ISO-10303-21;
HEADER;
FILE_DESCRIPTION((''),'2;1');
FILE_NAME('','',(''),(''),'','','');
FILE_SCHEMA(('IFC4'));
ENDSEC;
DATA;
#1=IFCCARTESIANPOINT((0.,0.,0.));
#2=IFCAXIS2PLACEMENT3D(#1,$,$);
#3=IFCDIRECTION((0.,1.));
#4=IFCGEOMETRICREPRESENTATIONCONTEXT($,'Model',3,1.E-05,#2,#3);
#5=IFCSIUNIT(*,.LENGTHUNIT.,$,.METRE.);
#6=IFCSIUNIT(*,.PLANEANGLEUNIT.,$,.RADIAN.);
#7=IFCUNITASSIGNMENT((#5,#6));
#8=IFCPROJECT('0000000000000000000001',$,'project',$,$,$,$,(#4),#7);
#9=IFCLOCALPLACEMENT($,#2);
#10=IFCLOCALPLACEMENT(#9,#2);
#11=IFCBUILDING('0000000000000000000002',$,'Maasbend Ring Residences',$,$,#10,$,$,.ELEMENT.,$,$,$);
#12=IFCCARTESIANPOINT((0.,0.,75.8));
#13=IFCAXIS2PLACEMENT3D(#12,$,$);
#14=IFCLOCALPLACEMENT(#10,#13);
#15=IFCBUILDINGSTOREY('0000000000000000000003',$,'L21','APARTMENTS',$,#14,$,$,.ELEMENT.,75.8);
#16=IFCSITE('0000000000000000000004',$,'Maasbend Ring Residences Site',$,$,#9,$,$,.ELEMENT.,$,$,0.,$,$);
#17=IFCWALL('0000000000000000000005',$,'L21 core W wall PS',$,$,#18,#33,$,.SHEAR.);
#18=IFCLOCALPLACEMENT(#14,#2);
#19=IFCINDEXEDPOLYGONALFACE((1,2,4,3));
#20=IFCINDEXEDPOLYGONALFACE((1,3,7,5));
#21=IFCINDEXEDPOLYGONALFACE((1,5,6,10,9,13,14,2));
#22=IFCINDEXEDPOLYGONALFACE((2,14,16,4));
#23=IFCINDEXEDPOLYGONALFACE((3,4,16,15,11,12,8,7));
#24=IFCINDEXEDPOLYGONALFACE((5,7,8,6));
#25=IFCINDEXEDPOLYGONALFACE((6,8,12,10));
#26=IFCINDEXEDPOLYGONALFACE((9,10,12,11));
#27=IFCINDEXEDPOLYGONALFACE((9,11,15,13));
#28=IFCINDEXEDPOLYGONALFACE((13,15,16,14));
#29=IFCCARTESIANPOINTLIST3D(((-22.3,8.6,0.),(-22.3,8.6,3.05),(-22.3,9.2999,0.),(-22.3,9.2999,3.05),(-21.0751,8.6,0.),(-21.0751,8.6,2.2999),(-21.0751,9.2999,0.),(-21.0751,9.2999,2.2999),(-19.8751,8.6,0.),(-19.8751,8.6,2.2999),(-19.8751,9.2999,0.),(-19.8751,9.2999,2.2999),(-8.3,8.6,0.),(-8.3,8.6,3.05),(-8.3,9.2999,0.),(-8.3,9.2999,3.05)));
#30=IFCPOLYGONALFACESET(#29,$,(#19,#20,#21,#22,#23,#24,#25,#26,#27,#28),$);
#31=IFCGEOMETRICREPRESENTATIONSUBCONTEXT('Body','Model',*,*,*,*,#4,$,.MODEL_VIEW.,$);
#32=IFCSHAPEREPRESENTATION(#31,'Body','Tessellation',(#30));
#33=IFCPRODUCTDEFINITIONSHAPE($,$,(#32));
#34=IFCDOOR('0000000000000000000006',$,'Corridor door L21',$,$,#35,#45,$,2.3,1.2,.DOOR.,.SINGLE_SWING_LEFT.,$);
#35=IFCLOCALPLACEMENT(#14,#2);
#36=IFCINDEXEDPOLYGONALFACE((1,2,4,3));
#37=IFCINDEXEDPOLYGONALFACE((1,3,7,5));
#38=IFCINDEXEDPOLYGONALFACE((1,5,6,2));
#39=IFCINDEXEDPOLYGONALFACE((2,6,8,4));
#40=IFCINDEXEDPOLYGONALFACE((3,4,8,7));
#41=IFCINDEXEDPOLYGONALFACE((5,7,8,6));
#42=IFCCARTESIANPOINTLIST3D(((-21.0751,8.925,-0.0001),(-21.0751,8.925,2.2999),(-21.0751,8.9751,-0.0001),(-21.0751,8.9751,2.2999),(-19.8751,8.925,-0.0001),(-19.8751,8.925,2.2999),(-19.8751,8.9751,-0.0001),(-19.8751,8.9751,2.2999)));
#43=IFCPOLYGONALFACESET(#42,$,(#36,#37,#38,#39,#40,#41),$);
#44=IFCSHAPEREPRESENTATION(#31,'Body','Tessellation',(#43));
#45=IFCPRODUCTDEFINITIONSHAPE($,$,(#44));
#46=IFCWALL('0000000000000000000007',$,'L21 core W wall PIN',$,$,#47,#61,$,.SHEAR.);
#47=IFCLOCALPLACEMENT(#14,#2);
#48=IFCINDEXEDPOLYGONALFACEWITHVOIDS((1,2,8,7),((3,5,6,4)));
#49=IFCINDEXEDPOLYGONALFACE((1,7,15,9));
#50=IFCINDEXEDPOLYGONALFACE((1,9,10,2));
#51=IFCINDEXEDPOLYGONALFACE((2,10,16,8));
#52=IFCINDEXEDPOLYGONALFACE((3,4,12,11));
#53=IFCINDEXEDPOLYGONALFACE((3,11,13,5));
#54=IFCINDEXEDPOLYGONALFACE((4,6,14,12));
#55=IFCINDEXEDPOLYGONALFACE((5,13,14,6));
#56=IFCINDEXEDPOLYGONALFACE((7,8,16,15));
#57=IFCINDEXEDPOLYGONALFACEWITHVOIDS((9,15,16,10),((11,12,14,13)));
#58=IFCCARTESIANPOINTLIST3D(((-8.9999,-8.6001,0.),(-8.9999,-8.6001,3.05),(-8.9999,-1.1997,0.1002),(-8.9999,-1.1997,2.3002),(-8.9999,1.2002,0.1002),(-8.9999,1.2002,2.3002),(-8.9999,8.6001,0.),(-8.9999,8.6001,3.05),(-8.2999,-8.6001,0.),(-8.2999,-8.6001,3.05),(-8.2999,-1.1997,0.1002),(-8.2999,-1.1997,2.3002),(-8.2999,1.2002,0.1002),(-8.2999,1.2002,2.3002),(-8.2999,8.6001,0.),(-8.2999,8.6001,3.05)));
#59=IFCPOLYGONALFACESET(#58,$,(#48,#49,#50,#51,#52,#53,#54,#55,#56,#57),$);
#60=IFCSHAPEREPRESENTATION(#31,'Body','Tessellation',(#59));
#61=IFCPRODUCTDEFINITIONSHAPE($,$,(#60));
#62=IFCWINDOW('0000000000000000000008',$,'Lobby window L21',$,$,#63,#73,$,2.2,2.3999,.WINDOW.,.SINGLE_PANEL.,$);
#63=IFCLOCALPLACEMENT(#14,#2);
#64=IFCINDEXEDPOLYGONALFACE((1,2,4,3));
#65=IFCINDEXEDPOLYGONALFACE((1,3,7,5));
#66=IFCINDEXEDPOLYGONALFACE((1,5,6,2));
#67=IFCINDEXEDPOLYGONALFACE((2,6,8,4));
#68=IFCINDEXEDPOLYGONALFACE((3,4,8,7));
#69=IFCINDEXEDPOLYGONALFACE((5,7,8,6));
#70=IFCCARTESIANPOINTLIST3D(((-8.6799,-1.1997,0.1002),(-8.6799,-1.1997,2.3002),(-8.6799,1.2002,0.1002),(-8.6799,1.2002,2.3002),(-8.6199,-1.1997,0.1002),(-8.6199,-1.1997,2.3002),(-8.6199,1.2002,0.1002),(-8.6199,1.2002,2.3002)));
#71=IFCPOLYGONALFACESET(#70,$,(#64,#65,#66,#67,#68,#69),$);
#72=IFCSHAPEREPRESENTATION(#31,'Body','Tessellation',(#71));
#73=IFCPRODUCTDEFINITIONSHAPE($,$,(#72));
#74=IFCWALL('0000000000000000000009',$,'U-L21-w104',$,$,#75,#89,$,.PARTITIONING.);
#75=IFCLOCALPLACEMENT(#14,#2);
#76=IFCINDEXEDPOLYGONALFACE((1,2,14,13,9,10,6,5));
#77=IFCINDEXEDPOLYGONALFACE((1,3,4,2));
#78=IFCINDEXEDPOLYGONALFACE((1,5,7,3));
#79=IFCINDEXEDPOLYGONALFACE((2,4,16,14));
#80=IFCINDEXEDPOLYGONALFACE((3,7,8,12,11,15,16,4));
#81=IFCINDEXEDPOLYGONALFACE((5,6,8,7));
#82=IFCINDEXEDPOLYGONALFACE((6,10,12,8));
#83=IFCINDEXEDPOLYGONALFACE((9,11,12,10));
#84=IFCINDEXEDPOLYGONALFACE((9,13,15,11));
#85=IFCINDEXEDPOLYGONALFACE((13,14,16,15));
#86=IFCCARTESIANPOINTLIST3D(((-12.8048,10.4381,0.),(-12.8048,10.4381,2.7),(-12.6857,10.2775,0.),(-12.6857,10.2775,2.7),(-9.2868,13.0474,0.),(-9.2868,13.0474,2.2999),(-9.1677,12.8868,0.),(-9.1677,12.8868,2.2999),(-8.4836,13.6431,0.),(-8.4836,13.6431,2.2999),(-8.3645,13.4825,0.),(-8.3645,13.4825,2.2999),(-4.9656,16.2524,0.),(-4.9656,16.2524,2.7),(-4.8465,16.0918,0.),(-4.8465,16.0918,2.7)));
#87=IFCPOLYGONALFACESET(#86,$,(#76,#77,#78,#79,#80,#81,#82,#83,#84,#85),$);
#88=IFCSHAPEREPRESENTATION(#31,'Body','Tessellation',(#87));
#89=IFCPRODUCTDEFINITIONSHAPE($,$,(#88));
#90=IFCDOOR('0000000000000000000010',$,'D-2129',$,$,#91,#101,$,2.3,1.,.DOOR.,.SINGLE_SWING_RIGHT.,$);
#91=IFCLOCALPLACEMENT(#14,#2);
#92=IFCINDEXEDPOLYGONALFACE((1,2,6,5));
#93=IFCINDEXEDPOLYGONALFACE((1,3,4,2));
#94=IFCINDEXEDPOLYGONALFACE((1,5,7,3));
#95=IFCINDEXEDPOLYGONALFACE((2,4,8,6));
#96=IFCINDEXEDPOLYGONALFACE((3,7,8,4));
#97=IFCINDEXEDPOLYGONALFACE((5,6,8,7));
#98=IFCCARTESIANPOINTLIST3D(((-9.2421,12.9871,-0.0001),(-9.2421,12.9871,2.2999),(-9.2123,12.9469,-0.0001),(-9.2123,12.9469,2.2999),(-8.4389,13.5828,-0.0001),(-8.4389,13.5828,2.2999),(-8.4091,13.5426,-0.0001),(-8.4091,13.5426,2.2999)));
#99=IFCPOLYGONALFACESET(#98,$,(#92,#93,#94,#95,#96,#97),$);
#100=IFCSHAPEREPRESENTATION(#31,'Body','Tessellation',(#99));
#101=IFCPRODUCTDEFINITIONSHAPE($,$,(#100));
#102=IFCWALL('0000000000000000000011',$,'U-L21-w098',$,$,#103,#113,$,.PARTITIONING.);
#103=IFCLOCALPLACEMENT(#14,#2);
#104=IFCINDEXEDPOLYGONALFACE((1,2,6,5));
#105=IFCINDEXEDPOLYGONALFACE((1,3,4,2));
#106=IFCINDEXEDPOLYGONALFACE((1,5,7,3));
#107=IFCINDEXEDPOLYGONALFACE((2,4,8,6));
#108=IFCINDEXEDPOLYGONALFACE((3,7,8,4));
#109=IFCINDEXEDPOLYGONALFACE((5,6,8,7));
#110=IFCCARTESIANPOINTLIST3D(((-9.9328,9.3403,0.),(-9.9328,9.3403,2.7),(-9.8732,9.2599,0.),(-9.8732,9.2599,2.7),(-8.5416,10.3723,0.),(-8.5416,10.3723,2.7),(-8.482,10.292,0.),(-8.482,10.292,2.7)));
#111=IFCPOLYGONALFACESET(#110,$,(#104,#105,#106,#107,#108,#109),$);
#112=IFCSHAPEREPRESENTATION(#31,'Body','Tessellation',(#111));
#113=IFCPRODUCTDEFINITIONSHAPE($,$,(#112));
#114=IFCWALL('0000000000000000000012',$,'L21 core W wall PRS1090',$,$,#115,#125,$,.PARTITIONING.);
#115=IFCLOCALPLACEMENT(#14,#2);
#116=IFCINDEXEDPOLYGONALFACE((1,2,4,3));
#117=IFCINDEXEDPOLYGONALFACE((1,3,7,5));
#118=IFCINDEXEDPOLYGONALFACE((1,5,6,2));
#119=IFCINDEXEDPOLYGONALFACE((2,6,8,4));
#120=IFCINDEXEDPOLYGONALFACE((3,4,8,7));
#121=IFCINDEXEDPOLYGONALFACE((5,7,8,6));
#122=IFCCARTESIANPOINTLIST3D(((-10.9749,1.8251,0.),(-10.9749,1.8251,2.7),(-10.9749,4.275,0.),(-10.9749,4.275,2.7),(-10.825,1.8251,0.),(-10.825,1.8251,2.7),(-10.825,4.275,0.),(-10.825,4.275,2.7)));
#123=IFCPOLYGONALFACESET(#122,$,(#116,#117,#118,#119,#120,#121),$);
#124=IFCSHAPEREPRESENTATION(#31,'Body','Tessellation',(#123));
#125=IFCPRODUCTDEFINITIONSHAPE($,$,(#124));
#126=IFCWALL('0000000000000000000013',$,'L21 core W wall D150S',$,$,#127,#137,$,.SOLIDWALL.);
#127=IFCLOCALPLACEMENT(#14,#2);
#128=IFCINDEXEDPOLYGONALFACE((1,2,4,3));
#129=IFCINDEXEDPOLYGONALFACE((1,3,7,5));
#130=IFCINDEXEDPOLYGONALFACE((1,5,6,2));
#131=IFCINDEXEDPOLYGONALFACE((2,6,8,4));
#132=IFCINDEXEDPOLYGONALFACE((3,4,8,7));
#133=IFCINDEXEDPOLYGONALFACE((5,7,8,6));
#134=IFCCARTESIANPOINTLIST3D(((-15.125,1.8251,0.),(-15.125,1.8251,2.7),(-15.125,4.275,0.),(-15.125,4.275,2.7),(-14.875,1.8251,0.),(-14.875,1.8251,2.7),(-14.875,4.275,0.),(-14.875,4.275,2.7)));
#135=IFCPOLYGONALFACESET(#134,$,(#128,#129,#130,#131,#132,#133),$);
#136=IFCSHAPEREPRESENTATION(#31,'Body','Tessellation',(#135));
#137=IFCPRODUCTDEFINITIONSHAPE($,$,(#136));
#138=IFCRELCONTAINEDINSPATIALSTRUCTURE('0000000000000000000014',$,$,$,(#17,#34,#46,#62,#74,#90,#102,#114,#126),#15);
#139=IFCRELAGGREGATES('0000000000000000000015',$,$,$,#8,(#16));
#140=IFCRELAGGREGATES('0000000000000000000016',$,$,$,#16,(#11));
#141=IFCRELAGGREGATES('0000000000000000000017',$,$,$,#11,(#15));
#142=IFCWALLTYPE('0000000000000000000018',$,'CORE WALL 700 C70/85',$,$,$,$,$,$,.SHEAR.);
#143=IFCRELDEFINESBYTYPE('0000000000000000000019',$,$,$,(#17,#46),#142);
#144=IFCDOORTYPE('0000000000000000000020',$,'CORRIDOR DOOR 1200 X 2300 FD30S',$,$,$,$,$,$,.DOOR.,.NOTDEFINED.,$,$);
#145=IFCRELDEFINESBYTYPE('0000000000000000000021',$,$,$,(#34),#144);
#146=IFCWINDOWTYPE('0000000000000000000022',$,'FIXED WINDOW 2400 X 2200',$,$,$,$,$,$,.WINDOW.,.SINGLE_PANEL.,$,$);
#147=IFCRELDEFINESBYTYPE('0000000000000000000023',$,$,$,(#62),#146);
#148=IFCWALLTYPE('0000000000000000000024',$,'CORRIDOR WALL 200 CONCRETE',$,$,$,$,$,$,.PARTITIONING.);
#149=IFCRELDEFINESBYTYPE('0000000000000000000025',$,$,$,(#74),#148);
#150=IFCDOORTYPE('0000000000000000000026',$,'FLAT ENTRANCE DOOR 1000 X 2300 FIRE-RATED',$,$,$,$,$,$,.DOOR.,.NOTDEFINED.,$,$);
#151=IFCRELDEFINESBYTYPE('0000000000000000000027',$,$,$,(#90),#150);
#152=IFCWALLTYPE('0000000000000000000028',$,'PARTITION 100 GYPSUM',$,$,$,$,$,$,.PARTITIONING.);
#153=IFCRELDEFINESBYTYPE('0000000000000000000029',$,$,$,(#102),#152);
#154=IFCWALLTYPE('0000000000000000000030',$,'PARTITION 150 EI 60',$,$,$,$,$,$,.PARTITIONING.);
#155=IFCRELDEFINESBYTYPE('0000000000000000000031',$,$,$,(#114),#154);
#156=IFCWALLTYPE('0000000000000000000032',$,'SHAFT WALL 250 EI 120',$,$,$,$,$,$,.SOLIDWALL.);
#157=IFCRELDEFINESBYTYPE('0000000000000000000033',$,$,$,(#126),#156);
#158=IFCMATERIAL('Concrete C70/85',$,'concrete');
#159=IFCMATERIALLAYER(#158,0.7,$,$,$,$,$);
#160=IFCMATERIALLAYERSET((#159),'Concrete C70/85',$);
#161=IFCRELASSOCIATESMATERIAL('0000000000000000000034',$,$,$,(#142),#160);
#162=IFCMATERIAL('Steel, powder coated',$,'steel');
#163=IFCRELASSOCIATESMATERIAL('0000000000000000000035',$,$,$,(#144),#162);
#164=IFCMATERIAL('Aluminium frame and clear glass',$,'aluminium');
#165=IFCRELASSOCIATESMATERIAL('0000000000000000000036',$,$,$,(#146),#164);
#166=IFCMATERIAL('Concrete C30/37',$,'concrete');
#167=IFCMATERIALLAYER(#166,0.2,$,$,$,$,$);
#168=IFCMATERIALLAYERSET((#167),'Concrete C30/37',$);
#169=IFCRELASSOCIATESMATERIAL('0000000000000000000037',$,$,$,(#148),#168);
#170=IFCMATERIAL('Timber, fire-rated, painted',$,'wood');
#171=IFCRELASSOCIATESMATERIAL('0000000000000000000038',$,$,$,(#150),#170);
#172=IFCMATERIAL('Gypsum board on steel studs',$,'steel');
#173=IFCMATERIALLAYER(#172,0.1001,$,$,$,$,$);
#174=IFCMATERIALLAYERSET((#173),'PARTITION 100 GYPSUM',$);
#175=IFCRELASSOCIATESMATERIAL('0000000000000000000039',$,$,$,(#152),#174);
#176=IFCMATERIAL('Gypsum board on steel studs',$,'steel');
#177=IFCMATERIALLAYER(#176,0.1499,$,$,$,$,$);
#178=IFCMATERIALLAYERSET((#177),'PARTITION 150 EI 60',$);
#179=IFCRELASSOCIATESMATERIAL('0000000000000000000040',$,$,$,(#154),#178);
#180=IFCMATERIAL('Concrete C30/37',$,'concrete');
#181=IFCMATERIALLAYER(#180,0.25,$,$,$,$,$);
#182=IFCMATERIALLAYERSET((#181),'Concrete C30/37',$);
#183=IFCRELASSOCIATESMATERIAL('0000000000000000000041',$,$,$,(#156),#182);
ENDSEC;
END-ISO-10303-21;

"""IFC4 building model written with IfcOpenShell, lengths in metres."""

from ifc_helpers import new_model, si_unit, direction, frame, frame_2d, origin, place, context, subcontext, project, spatial, rectangle, extrude, material, layer, layer_set, type_object, element, fill, save


model = new_model("IFC4")

# Units and contexts
model_context = context("Model", 3, precision=1e-05, world=origin(), true_north=direction((0.0, 1.0)))
body_context = subcontext(model_context, "Body", "Model", "MODEL_VIEW")
ifc_project = project(units=[si_unit("LENGTHUNIT", "METRE"), si_unit("PLANEANGLEUNIT", "RADIAN")], contexts=[model_context])

# Site, building, storey
site_placement = place(None, origin())
site = spatial("IfcSite", under=ifc_project, at=site_placement, Name="Maasbend Ring Residences Site", CompositionType="ELEMENT", RefElevation=0.0)
building_placement = place(site_placement, origin())
building = spatial("IfcBuilding", under=site, at=building_placement, Name="Maasbend Ring Residences", CompositionType="ELEMENT")
storey_placement = place(building_placement, frame((0.0, 0.0, 75.8)))
storey = spatial("IfcBuildingStorey", under=building, at=storey_placement, Name="L21", Description="APARTMENTS", CompositionType="ELEMENT", Elevation=75.8)

# Wall, opening, door
ifc_material_1 = material(Name="Concrete C70/85", Category="concrete")
ifc_layer_1 = layer(ifc_material_1, 0.7)
ifc_layer_set_1 = layer_set([ifc_layer_1], Name="Concrete C70/85")
wall_type_1 = type_object("IfcWallType", Name="CORE WALL 700 C70/85", PredefinedType="SHEAR", material=ifc_layer_set_1)
wall_1_placement = place(storey_placement, frame((-8.3, 8.95, 0.0), z_axis=(0.0, 0.0, 1.0), x_axis=(-1.0, 0.0, 0.0)))
wall_1 = element("IfcWall", 1, at=wall_1_placement, inside=storey, type_object=wall_type_1, Name="L21 core W wall PS", PredefinedType="SHEAR", context=body_context, shape_type="SweptSolid", body=[
    extrude(rectangle(XDim=14.0, YDim=0.7, at=frame_2d((7.0, 0.0))), origin(), (0.0, 0.0, 1.0), 3.05),
])
opening_1_placement = place(wall_1_placement, frame((11.575, 0.0, 0.0)))
opening_1 = element("IfcOpeningElement", 2, at=opening_1_placement, cuts=wall_1, PredefinedType="OPENING", context=body_context, shape_type="SweptSolid", body=[
    extrude(rectangle(XDim=1.2, YDim=2.3, at=frame_2d((0.6001, 1.1499))), frame((0.0, 0.3599, 0.0), z_axis=(0.0, -1.0, 0.0), x_axis=(1.0, 0.0, 0.0)), (0.0, 0.0, 1.0), 0.72),
])
ifc_material_2 = material(Name="Steel, powder coated", Category="steel")
door_type_1 = type_object("IfcDoorType", Name="CORRIDOR DOOR 1200 X 2300 FD30S", OperationType="NOTDEFINED", PredefinedType="DOOR", material=ifc_material_2)
door_1_placement = place(opening_1_placement, origin())
door_1 = element("IfcDoor", 3, at=door_1_placement, inside=storey, type_object=door_type_1, Name="Corridor door L21", OperationType="SINGLE_SWING_LEFT", OverallHeight=2.3, OverallWidth=1.2, PredefinedType="DOOR", context=body_context, shape_type="SweptSolid", body=[
    extrude(rectangle(XDim=1.2, YDim=2.3, at=frame_2d((0.6001, 1.1499))), frame((0.0, 0.0249, 0.0), z_axis=(0.0, -1.0, 0.0), x_axis=(1.0, 0.0, 0.0)), (0.0, 0.0, 1.0), 0.05),
])
fill(opening_1, door_1)

# Wall, opening, window
wall_2_placement = place(storey_placement, frame((-8.6499, 8.6001, 0.0), z_axis=(0.0, 0.0, 1.0), x_axis=(0.0, -1.0, 0.0)))
wall_2 = element("IfcWall", 4, at=wall_2_placement, inside=storey, type_object=wall_type_1, Name="L21 core W wall PIN", PredefinedType="SHEAR", context=body_context, shape_type="SweptSolid", body=[
    extrude(rectangle(XDim=17.2002, YDim=0.7, at=frame_2d((8.6001, 0.0))), origin(), (0.0, 0.0, 1.0), 3.05),
])
opening_2_placement = place(wall_2_placement, frame((7.3999, 0.0, 0.1001)))
opening_2 = element("IfcOpeningElement", 5, at=opening_2_placement, cuts=wall_2, PredefinedType="OPENING", context=body_context, shape_type="SweptSolid", body=[
    extrude(rectangle(XDim=2.3999, YDim=2.2, at=frame_2d((1.2, 1.1001))), frame((0.0, 0.3599, 0.0), z_axis=(0.0, -1.0, 0.0), x_axis=(1.0, 0.0, 0.0)), (0.0, 0.0, 1.0), 0.72),
])
ifc_material_3 = material(Name="Aluminium frame and clear glass", Category="aluminium")
window_type = type_object("IfcWindowType", Name="FIXED WINDOW 2400 X 2200", PartitioningType="SINGLE_PANEL", PredefinedType="WINDOW", material=ifc_material_3)
window_placement = place(opening_2_placement, origin())
window = element("IfcWindow", 6, at=window_placement, inside=storey, type_object=window_type, Name="Lobby window L21", OverallHeight=2.2, OverallWidth=2.3999, PartitioningType="SINGLE_PANEL", PredefinedType="WINDOW", context=body_context, shape_type="SweptSolid", body=[
    extrude(rectangle(XDim=2.3999, YDim=2.2, at=frame_2d((1.2, 1.1001))), frame((0.0, 0.03, 0.0), z_axis=(0.0, -1.0, 0.0), x_axis=(1.0, 0.0, 0.0)), (0.0, 0.0, 1.0), 0.0601),
])
fill(opening_2, window)

# Wall, opening, door
ifc_material_4 = material(Name="Concrete C30/37", Category="concrete")
ifc_layer_2 = layer(ifc_material_4, 0.2)
ifc_layer_set_2 = layer_set([ifc_layer_2], Name="Concrete C30/37")
wall_type_2 = type_object("IfcWallType", Name="CORRIDOR WALL 200 CONCRETE", PredefinedType="PARTITIONING", material=ifc_layer_set_2)
wall_3_placement = place(storey_placement, frame((-12.7451, 10.3579, 0.0), z_axis=(0.0, 0.0, 1.0), x_axis=(0.803191, 0.595721, 0.0)))
wall_3 = element("IfcWall", 7, at=wall_3_placement, inside=storey, type_object=wall_type_2, Name="U-L21-w104", PredefinedType="PARTITIONING", context=body_context, shape_type="SweptSolid", body=[
    extrude(rectangle(XDim=9.76, YDim=0.2, at=frame_2d((4.8799, 0.0))), origin(), (0.0, 0.0, 1.0), 2.7),
])
opening_3_placement = place(wall_3_placement, frame((4.3799, 0.0, 0.0)))
opening_3 = element("IfcOpeningElement", 8, at=opening_3_placement, cuts=wall_3, PredefinedType="OPENING", context=body_context, shape_type="SweptSolid", body=[
    extrude(rectangle(XDim=1.0, YDim=2.3, at=frame_2d((0.5, 1.1499))), frame((0.0, 0.1099, 0.0), z_axis=(0.0, -1.0, 0.0), x_axis=(1.0, 0.0, 0.0)), (0.0, 0.0, 1.0), 0.22),
])
ifc_material_5 = material(Name="Timber, fire-rated, painted", Category="wood")
door_type_2 = type_object("IfcDoorType", Name="FLAT ENTRANCE DOOR 1000 X 2300 FIRE-RATED", OperationType="NOTDEFINED", PredefinedType="DOOR", material=ifc_material_5)
door_2_placement = place(opening_3_placement, origin())
door_2 = element("IfcDoor", 9, at=door_2_placement, inside=storey, type_object=door_type_2, Name="D-2129", OperationType="SINGLE_SWING_RIGHT", OverallHeight=2.3, OverallWidth=1.0, PredefinedType="DOOR", context=body_context, shape_type="SweptSolid", body=[
    extrude(rectangle(XDim=1.0, YDim=2.3, at=frame_2d((0.5, 1.1499))), frame((0.0, 0.0249, 0.0), z_axis=(0.0, -1.0, 0.0), x_axis=(1.0, 0.0, 0.0)), (0.0, 0.0, 1.0), 0.05),
])
fill(opening_3, door_2)

# Walls
ifc_material_6 = material(Name="Gypsum board on steel studs", Category="steel")
ifc_layer_3 = layer(ifc_material_6, 0.1001)
ifc_layer_set_3 = layer_set([ifc_layer_3], Name="PARTITION 100 GYPSUM")
wall_type_3 = type_object("IfcWallType", Name="PARTITION 100 GYPSUM", PredefinedType="PARTITIONING", material=ifc_layer_set_3)
wall_4_placement = place(storey_placement, frame((-9.9031, 9.3, 0.0), z_axis=(0.0, 0.0, 1.0), x_axis=(0.803135, 0.595797, 0.0)))
element("IfcWall", 10, at=wall_4_placement, inside=storey, type_object=wall_type_3, Name="U-L21-w098", PredefinedType="PARTITIONING", context=body_context, shape_type="SweptSolid", body=[
    extrude(rectangle(XDim=1.7322, YDim=0.1001, at=frame_2d((0.8662, 0.0))), origin(), (0.0, 0.0, 1.0), 2.7),
])
ifc_material_7 = material(Name="Gypsum board on steel studs", Category="steel")
ifc_layer_4 = layer(ifc_material_7, 0.1499)
ifc_layer_set_4 = layer_set([ifc_layer_4], Name="PARTITION 150 EI 60")
wall_type_4 = type_object("IfcWallType", Name="PARTITION 150 EI 60", PredefinedType="PARTITIONING", material=ifc_layer_set_4)
wall_5_placement = place(storey_placement, frame((-10.8999, 1.825, 0.0), z_axis=(0.0, 0.0, 1.0), x_axis=(0.0, 1.0, 0.0)))
element("IfcWall", 11, at=wall_5_placement, inside=storey, type_object=wall_type_4, Name="L21 core W wall PRS1090", PredefinedType="PARTITIONING", context=body_context, shape_type="SweptSolid", body=[
    extrude(rectangle(XDim=2.45, YDim=0.1499, at=frame_2d((1.2251, 0.0))), origin(), (0.0, 0.0, 1.0), 2.7),
])
ifc_material_8 = material(Name="Concrete C30/37", Category="concrete")
ifc_layer_5 = layer(ifc_material_8, 0.25)
ifc_layer_set_5 = layer_set([ifc_layer_5], Name="Concrete C30/37")
wall_type_5 = type_object("IfcWallType", Name="SHAFT WALL 250 EI 120", PredefinedType="SOLIDWALL", material=ifc_layer_set_5)
wall_6_placement = place(storey_placement, frame((-15.0, 1.825, 0.0), z_axis=(0.0, 0.0, 1.0), x_axis=(0.0, 1.0, 0.0)))
element("IfcWall", 12, at=wall_6_placement, inside=storey, type_object=wall_type_5, Name="L21 core W wall D150S", PredefinedType="SOLIDWALL", context=body_context, shape_type="SweptSolid", body=[
    extrude(rectangle(XDim=2.45, YDim=0.25, at=frame_2d((1.2251, 0.0))), origin(), (0.0, 0.0, 1.0), 2.7),
])

save(model, "model.ifc")
